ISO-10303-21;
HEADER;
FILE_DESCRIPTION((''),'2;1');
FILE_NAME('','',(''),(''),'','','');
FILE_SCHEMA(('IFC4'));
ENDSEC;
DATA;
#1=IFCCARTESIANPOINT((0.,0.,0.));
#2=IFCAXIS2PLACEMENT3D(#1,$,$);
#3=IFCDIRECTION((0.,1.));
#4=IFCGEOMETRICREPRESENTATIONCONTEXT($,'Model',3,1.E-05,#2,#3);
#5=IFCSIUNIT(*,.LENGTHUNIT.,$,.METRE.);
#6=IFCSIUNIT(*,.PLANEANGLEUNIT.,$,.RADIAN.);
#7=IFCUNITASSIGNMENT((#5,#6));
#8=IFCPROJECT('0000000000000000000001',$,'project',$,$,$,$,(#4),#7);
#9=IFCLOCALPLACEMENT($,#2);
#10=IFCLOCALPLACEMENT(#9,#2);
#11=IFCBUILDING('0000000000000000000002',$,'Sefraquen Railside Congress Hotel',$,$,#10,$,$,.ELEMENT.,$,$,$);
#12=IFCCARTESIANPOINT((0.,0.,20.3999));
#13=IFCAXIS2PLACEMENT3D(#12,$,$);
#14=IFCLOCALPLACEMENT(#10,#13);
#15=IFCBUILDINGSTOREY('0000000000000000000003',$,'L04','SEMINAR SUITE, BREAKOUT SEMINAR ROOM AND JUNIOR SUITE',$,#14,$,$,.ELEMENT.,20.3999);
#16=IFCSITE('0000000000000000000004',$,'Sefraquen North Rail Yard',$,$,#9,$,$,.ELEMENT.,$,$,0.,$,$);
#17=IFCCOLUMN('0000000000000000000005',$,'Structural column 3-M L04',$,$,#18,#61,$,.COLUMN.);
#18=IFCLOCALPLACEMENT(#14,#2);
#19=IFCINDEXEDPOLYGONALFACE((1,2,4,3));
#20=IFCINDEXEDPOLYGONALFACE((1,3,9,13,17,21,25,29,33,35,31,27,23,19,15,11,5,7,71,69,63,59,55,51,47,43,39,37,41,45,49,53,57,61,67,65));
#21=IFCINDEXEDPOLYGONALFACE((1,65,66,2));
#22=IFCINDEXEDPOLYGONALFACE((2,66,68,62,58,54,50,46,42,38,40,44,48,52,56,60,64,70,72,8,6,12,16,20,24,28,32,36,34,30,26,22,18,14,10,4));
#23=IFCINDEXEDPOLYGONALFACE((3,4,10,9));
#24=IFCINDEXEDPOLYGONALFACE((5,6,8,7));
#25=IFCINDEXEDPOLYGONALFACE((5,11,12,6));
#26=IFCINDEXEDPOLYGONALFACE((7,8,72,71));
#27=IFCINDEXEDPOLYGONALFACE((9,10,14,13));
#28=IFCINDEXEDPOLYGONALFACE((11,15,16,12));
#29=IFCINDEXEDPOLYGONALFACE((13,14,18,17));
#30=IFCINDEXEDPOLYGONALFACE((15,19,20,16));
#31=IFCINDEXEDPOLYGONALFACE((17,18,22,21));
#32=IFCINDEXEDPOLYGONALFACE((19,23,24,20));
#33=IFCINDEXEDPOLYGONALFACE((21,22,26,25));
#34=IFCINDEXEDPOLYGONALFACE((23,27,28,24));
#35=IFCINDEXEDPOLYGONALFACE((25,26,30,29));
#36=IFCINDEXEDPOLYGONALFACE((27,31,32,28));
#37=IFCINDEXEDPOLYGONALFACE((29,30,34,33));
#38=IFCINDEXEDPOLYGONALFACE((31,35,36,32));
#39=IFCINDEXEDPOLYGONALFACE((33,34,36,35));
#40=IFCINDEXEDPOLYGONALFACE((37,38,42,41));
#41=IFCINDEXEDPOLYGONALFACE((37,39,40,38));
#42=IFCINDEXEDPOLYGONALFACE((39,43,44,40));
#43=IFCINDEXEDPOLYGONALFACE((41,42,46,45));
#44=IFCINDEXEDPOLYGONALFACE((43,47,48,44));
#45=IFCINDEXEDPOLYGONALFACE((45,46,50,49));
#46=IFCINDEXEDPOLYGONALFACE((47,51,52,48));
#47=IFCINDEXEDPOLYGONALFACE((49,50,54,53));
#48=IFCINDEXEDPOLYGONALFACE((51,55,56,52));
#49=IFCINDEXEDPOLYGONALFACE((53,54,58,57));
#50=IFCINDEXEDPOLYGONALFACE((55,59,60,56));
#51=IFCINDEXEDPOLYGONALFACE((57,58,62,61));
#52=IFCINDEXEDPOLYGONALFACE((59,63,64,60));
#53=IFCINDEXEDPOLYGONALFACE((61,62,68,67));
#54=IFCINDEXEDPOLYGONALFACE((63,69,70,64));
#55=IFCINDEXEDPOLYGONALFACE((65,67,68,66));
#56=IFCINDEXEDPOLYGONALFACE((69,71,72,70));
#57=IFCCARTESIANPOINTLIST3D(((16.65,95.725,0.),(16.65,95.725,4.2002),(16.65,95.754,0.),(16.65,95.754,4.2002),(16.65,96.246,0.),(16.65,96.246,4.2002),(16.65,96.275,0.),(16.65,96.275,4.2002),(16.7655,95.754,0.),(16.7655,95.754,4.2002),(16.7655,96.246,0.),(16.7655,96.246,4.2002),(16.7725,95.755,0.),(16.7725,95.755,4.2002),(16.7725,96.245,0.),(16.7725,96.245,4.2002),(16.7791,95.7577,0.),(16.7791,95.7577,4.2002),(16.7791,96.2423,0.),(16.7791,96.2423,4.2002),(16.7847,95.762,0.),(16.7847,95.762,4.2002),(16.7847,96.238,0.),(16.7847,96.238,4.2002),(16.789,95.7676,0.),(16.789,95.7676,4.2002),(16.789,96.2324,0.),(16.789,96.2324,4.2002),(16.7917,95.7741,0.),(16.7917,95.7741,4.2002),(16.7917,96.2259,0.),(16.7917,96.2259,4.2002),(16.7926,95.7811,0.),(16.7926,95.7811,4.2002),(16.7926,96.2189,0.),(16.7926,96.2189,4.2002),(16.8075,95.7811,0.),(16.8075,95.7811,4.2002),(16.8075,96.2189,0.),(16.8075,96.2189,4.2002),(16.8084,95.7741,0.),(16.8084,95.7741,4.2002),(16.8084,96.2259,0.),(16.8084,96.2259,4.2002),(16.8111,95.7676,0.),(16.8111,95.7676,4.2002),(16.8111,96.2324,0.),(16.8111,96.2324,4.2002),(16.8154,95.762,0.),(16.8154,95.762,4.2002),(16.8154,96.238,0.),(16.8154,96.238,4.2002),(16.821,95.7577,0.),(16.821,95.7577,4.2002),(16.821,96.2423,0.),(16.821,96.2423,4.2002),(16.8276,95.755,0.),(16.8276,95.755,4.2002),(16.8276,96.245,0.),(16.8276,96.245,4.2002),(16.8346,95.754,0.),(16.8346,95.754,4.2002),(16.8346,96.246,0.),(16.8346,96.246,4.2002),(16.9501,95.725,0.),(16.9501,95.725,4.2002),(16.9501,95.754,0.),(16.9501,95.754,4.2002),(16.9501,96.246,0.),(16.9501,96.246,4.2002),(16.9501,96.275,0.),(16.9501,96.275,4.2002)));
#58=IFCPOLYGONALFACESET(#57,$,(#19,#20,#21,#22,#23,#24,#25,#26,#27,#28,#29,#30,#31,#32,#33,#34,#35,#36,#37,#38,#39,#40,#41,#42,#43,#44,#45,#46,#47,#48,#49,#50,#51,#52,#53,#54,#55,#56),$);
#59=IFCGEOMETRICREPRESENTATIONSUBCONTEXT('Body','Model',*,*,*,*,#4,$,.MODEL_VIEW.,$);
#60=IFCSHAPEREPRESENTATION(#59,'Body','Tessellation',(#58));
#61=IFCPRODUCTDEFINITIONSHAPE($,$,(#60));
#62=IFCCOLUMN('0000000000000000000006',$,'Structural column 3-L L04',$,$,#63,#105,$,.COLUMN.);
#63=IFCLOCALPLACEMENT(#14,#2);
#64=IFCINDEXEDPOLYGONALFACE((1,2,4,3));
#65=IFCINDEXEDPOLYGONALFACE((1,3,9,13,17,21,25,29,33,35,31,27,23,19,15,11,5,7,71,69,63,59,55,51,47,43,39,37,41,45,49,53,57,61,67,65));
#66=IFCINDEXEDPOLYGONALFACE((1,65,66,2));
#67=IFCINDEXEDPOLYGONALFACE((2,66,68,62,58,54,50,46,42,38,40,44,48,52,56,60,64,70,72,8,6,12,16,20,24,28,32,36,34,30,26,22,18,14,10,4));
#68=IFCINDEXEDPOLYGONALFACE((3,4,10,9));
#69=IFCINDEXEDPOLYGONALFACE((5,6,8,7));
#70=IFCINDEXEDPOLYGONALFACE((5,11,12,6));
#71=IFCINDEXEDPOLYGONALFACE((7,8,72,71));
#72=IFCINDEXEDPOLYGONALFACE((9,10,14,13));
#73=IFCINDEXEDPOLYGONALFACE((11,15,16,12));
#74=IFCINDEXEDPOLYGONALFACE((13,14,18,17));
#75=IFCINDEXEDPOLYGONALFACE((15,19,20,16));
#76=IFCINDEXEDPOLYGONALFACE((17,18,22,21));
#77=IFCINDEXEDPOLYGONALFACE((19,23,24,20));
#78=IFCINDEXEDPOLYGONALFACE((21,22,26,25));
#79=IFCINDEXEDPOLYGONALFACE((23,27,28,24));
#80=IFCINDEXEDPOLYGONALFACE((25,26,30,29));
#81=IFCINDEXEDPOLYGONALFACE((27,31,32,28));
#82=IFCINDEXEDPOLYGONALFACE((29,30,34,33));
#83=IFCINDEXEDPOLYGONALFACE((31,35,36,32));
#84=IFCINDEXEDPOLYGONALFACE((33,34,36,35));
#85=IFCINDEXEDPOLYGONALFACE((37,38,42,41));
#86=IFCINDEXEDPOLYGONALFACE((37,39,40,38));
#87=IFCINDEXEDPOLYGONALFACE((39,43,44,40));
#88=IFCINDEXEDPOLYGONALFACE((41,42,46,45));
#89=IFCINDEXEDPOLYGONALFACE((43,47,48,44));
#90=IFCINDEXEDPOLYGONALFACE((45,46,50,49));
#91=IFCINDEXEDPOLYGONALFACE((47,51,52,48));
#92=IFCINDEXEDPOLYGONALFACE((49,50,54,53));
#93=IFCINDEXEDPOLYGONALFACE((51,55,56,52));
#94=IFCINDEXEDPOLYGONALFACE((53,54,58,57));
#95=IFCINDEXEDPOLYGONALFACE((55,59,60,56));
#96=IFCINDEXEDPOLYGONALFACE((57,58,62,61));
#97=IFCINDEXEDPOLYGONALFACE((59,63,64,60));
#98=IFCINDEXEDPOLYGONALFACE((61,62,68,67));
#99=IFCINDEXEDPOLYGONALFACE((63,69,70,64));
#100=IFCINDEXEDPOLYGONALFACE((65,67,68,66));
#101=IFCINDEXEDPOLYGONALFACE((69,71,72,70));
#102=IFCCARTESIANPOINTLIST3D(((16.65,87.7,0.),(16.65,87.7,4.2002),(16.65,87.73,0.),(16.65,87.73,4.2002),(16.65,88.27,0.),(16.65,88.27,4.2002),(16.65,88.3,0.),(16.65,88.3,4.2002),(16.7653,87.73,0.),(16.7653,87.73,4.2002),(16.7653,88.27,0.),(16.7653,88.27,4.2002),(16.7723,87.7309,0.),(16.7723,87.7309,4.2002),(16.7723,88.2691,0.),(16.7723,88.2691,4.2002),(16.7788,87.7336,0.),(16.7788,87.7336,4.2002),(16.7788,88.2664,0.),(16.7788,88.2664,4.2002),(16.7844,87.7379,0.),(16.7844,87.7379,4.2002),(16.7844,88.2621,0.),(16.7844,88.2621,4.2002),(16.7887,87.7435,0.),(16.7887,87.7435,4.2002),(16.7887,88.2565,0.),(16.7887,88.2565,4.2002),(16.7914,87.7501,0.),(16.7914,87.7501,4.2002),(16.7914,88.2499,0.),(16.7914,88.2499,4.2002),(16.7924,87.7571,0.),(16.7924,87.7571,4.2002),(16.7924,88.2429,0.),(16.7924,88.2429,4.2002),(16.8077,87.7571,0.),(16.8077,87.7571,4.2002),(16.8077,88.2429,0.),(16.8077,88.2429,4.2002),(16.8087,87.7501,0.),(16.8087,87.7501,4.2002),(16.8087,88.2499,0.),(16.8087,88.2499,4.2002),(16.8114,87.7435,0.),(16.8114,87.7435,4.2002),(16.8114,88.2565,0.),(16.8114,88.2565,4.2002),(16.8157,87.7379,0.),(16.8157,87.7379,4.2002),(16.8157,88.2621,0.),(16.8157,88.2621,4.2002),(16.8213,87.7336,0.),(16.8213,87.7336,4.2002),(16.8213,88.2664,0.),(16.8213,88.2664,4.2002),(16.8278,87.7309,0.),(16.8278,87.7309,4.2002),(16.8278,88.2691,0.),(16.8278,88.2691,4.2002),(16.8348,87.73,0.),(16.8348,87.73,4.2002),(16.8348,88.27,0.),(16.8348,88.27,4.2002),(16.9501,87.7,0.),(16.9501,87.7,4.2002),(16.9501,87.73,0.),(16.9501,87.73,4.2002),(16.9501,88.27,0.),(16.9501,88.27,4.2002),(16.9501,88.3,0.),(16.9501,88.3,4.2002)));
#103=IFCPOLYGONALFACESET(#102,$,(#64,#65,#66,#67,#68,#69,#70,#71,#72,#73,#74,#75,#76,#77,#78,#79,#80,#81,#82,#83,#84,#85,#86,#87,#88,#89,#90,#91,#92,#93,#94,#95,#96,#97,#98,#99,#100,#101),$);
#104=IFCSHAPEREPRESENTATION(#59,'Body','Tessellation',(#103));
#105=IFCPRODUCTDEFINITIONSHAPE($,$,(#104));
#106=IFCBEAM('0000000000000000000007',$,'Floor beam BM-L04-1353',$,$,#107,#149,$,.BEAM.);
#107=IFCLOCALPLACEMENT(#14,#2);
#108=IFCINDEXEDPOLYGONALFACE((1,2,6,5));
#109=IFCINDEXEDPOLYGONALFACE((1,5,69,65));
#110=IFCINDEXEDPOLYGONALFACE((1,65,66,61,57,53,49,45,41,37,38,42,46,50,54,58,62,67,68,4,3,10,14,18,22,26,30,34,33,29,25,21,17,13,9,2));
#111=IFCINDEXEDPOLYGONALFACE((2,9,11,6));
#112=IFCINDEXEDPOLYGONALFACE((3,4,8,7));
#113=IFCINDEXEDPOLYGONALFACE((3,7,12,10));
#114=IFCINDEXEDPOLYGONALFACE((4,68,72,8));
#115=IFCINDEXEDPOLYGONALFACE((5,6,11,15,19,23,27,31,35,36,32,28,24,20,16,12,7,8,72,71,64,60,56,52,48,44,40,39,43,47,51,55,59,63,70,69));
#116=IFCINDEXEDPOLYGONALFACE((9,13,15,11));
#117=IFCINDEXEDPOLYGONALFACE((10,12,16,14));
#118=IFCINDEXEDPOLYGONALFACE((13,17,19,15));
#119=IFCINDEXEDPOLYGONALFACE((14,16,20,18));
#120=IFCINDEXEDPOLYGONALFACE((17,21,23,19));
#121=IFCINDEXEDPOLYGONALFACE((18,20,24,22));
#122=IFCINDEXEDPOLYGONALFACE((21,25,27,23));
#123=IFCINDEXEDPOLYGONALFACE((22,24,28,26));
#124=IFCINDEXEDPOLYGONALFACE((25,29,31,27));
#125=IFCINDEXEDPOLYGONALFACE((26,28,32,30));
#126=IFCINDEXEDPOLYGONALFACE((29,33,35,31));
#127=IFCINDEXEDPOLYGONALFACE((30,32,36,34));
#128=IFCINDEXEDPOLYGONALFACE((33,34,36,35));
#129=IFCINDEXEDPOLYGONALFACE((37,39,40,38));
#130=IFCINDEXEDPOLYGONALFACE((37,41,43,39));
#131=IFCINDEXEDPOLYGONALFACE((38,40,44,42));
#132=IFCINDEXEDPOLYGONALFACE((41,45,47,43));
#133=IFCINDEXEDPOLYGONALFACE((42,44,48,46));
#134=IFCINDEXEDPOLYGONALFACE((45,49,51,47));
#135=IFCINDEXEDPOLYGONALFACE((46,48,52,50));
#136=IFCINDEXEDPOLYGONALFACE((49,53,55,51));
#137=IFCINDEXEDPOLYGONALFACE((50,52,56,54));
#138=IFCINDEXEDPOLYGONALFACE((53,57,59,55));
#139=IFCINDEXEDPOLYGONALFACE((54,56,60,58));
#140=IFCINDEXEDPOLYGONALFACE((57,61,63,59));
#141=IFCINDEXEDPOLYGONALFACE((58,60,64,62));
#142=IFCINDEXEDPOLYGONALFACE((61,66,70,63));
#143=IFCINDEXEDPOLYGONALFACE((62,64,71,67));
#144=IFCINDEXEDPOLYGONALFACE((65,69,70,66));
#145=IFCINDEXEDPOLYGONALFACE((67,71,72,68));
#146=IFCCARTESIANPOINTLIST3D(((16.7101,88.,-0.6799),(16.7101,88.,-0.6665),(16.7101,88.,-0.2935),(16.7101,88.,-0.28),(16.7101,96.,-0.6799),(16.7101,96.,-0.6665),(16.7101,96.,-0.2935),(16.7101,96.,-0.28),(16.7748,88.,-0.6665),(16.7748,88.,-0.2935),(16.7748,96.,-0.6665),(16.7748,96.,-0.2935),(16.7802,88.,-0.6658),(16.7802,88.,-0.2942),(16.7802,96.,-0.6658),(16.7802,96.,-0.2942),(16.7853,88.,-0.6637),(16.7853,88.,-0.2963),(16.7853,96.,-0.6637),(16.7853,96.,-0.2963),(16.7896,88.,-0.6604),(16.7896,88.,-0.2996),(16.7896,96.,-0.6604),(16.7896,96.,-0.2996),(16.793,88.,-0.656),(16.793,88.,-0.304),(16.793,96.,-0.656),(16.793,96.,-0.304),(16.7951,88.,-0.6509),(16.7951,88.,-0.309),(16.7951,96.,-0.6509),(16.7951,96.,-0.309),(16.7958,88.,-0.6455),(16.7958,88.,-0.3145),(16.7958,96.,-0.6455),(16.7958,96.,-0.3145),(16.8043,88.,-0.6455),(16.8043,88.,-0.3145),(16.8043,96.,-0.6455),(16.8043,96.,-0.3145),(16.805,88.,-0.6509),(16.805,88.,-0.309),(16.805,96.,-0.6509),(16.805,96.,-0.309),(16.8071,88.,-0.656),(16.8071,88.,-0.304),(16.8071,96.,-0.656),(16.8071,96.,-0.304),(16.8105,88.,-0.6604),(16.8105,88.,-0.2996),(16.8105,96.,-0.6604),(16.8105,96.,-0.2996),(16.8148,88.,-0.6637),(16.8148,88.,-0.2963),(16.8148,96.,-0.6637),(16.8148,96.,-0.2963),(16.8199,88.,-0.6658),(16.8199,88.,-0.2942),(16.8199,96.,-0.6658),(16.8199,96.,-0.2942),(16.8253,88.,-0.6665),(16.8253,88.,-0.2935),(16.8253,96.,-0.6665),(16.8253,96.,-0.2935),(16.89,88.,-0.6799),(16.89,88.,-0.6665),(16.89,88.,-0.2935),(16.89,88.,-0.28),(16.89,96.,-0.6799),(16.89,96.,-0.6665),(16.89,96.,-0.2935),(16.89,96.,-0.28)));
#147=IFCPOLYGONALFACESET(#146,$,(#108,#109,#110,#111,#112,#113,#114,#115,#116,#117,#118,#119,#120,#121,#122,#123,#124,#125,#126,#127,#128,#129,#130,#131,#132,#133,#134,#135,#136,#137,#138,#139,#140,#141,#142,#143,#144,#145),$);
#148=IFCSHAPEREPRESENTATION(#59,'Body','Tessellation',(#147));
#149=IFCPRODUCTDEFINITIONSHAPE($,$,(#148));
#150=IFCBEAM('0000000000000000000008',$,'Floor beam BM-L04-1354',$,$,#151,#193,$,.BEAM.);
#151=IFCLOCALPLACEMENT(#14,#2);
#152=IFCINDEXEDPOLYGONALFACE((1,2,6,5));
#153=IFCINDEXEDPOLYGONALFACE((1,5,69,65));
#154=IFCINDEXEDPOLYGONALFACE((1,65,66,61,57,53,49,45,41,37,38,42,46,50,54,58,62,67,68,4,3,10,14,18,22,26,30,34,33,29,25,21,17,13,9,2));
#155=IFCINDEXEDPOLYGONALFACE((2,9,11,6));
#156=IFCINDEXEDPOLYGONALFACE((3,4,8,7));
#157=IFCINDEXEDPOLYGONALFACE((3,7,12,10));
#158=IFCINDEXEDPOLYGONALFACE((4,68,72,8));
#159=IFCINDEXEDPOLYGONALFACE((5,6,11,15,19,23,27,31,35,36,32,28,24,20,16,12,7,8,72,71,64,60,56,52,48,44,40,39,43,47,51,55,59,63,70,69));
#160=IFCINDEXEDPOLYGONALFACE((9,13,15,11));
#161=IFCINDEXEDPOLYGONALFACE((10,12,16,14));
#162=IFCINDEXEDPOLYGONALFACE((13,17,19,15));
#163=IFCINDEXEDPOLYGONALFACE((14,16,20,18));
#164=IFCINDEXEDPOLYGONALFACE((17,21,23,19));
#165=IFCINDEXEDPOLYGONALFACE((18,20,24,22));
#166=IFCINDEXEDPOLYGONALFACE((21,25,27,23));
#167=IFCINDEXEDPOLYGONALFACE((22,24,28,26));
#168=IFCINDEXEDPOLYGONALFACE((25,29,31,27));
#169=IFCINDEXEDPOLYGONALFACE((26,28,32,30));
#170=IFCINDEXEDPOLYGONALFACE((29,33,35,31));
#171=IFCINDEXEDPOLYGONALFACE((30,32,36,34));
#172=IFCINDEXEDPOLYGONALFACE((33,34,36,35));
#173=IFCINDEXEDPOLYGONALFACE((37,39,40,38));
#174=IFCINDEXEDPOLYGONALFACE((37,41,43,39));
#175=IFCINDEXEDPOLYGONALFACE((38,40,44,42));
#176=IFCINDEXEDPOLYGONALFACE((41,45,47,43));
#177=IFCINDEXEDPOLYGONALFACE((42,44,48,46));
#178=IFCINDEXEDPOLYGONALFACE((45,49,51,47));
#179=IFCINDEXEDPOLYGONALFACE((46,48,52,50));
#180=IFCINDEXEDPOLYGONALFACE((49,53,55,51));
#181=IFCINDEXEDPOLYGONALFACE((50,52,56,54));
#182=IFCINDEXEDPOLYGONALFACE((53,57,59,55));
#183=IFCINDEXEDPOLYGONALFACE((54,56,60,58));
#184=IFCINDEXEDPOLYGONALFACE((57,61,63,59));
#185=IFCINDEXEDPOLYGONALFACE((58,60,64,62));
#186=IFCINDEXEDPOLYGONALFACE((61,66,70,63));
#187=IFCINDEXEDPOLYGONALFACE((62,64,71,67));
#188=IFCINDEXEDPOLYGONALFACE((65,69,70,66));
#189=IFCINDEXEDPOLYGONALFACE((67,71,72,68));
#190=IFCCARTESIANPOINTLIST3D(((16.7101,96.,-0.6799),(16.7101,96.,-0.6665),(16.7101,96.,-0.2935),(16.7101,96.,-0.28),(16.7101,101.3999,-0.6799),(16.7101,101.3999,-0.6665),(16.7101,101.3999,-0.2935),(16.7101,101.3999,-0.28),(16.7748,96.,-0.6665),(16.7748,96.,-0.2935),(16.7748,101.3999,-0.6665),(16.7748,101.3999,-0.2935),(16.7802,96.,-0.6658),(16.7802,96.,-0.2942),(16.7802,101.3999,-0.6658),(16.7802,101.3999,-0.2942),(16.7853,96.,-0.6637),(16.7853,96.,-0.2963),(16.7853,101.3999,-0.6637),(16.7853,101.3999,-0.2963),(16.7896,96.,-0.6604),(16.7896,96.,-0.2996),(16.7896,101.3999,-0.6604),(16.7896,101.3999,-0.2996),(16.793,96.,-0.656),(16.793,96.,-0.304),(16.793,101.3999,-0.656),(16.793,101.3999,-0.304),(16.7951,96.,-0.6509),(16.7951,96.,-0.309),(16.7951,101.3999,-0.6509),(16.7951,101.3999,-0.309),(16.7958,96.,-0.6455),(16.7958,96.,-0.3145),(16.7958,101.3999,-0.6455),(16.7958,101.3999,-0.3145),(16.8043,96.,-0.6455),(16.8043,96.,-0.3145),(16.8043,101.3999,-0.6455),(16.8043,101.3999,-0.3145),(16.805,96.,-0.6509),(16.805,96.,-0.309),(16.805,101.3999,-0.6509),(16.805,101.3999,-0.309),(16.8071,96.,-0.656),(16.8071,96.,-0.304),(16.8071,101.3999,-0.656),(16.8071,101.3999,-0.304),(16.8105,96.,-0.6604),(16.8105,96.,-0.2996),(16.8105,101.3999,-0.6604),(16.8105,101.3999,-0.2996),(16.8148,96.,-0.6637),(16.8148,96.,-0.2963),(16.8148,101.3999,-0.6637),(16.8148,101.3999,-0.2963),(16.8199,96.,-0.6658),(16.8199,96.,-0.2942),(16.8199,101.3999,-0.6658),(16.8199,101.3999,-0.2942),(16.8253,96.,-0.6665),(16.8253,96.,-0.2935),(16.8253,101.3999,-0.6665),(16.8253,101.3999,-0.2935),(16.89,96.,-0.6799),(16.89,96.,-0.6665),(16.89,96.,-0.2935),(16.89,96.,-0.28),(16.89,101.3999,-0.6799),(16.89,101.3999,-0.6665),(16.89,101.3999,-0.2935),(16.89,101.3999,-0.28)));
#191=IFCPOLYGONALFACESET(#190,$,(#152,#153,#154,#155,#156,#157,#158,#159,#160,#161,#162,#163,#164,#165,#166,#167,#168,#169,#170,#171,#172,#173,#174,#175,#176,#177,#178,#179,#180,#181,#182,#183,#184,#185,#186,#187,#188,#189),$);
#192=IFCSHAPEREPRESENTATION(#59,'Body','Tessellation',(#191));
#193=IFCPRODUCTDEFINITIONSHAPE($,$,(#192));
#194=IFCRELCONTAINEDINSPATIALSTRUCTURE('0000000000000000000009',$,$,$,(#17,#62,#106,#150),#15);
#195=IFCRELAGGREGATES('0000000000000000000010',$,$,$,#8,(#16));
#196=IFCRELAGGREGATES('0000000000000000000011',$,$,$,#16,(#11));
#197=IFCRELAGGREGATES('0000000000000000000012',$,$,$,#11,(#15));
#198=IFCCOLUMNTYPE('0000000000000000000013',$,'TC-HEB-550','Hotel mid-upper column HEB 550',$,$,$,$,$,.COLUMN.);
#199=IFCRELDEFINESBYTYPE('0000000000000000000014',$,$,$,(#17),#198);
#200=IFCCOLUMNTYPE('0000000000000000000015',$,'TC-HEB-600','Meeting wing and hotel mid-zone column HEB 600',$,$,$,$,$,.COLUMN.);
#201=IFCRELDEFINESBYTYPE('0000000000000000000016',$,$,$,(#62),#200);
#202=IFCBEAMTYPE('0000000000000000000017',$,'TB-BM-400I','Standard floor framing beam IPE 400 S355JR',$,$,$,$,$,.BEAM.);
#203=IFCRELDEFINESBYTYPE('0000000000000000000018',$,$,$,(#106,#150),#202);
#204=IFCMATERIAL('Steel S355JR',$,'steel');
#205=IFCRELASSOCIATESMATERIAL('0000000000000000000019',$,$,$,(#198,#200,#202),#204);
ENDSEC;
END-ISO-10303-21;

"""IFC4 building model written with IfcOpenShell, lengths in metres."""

from ifc_helpers import new_model, si_unit, direction, frame, origin, origin_2d, place, context, subcontext, project, spatial, i_section, extrude, material, material_profile, profile_set, type_object, element, save


model = new_model("IFC4")

# Units and contexts
model_context = context("Model", 3, precision=1e-05, world=origin(), true_north=direction((0.0, 1.0)))
body_context = subcontext(model_context, "Body", "Model", "MODEL_VIEW")
ifc_project = project(units=[si_unit("LENGTHUNIT", "METRE"), si_unit("PLANEANGLEUNIT", "RADIAN")], contexts=[model_context])

# Site, building, storey
site_placement = place(None, origin())
site = spatial("IfcSite", under=ifc_project, at=site_placement, Name="Sefraquen North Rail Yard", CompositionType="ELEMENT", RefElevation=0.0)
building_placement = place(site_placement, origin())
building = spatial("IfcBuilding", under=site, at=building_placement, Name="Sefraquen Railside Congress Hotel", CompositionType="ELEMENT")
storey_placement = place(building_placement, frame((0.0, 0.0, 20.3999)))
storey = spatial("IfcBuildingStorey", under=building, at=storey_placement, Name="L04", Description="SEMINAR SUITE, BREAKOUT SEMINAR ROOM AND JUNIOR SUITE", CompositionType="ELEMENT", Elevation=20.3999)

# Columns
ifc_material_1 = material(Name="Steel S355JR", Category="steel")
ifc_material_profile_1 = material_profile(ifc_material_1, i_section(OverallWidth=0.3, OverallDepth=0.55, WebThickness=0.0149, FlangeThickness=0.0291, FilletRadius=0.0271, at=origin_2d()), Name="HEB 550")
ifc_profile_set_1 = profile_set([ifc_material_profile_1], Name="Steel S355JR")
column_type_1 = type_object("IfcColumnType", Name="TC-HEB-550", Description="Hotel mid-upper column HEB 550", PredefinedType="COLUMN", material=ifc_profile_set_1)
column_1_placement = place(storey_placement, frame((16.8, 96.0, 0.0), z_axis=(0.0, 0.0, 1.0), x_axis=(1.0, 0.0, 0.0)))
element("IfcColumn", 1, at=column_1_placement, inside=storey, type_object=column_type_1, Name="Structural column 3-M L04", PredefinedType="COLUMN", context=body_context, shape_type="SweptSolid", body=[
    extrude(i_section(OverallWidth=0.3, OverallDepth=0.55, WebThickness=0.0149, FlangeThickness=0.0291, FilletRadius=0.0271, at=origin_2d()), origin(), (0.0, 0.0, 1.0), 4.2002),
])
ifc_material_profile_2 = material_profile(ifc_material_1, i_section(OverallWidth=0.3, OverallDepth=0.6001, WebThickness=0.0154, FlangeThickness=0.03, FilletRadius=0.0271, at=origin_2d()), Name="HEB 600")
ifc_profile_set_2 = profile_set([ifc_material_profile_2], Name="Steel S355JR")
column_type_2 = type_object("IfcColumnType", Name="TC-HEB-600", Description="Meeting wing and hotel mid-zone column HEB 600", PredefinedType="COLUMN", material=ifc_profile_set_2)
column_2_placement = place(storey_placement, frame((16.8, 88.0, 0.0), z_axis=(0.0, 0.0, 1.0), x_axis=(1.0, 0.0, 0.0)))
element("IfcColumn", 2, at=column_2_placement, inside=storey, type_object=column_type_2, Name="Structural column 3-L L04", PredefinedType="COLUMN", context=body_context, shape_type="SweptSolid", body=[
    extrude(i_section(OverallWidth=0.3, OverallDepth=0.6001, WebThickness=0.0154, FlangeThickness=0.03, FilletRadius=0.0271, at=origin_2d()), origin(), (0.0, 0.0, 1.0), 4.2002),
])

# Beams
ifc_material_profile_3 = material_profile(ifc_material_1, i_section(OverallWidth=0.1799, OverallDepth=0.3999, WebThickness=0.0085, FlangeThickness=0.0134, FilletRadius=0.021, at=origin_2d()), Name="IPE 400")
ifc_profile_set_3 = profile_set([ifc_material_profile_3], Name="Steel S355JR")
beam_type_1 = type_object("IfcBeamType", Name="TB-BM-400I", Description="Standard floor framing beam IPE 400 S355JR", PredefinedType="BEAM", material=ifc_profile_set_3)
beam_1_placement = place(storey_placement, frame((16.8, 88.0, -0.48), z_axis=(0.0, 1.0, 0.0), x_axis=(-1.0, 0.0, 0.0)))
element("IfcBeam", 3, at=beam_1_placement, inside=storey, type_object=beam_type_1, Name="Floor beam BM-L04-1353", PredefinedType="BEAM", context=body_context, shape_type="SweptSolid", body=[
    extrude(i_section(OverallWidth=0.1799, OverallDepth=0.3999, WebThickness=0.0085, FlangeThickness=0.0134, FilletRadius=0.021, at=origin_2d()), origin(), (0.0, 0.0, 1.0), 8.0),
])
beam_2_placement = place(storey_placement, frame((16.8, 96.0, -0.48), z_axis=(0.0, 1.0, 0.0), x_axis=(-1.0, 0.0, 0.0)))
element("IfcBeam", 4, at=beam_2_placement, inside=storey, type_object=beam_type_1, Name="Floor beam BM-L04-1354", PredefinedType="BEAM", context=body_context, shape_type="SweptSolid", body=[
    extrude(i_section(OverallWidth=0.1799, OverallDepth=0.3999, WebThickness=0.0085, FlangeThickness=0.0134, FilletRadius=0.021, at=origin_2d()), origin(), (0.0, 0.0, 1.0), 5.3999),
])

save(model, "model.ifc")
